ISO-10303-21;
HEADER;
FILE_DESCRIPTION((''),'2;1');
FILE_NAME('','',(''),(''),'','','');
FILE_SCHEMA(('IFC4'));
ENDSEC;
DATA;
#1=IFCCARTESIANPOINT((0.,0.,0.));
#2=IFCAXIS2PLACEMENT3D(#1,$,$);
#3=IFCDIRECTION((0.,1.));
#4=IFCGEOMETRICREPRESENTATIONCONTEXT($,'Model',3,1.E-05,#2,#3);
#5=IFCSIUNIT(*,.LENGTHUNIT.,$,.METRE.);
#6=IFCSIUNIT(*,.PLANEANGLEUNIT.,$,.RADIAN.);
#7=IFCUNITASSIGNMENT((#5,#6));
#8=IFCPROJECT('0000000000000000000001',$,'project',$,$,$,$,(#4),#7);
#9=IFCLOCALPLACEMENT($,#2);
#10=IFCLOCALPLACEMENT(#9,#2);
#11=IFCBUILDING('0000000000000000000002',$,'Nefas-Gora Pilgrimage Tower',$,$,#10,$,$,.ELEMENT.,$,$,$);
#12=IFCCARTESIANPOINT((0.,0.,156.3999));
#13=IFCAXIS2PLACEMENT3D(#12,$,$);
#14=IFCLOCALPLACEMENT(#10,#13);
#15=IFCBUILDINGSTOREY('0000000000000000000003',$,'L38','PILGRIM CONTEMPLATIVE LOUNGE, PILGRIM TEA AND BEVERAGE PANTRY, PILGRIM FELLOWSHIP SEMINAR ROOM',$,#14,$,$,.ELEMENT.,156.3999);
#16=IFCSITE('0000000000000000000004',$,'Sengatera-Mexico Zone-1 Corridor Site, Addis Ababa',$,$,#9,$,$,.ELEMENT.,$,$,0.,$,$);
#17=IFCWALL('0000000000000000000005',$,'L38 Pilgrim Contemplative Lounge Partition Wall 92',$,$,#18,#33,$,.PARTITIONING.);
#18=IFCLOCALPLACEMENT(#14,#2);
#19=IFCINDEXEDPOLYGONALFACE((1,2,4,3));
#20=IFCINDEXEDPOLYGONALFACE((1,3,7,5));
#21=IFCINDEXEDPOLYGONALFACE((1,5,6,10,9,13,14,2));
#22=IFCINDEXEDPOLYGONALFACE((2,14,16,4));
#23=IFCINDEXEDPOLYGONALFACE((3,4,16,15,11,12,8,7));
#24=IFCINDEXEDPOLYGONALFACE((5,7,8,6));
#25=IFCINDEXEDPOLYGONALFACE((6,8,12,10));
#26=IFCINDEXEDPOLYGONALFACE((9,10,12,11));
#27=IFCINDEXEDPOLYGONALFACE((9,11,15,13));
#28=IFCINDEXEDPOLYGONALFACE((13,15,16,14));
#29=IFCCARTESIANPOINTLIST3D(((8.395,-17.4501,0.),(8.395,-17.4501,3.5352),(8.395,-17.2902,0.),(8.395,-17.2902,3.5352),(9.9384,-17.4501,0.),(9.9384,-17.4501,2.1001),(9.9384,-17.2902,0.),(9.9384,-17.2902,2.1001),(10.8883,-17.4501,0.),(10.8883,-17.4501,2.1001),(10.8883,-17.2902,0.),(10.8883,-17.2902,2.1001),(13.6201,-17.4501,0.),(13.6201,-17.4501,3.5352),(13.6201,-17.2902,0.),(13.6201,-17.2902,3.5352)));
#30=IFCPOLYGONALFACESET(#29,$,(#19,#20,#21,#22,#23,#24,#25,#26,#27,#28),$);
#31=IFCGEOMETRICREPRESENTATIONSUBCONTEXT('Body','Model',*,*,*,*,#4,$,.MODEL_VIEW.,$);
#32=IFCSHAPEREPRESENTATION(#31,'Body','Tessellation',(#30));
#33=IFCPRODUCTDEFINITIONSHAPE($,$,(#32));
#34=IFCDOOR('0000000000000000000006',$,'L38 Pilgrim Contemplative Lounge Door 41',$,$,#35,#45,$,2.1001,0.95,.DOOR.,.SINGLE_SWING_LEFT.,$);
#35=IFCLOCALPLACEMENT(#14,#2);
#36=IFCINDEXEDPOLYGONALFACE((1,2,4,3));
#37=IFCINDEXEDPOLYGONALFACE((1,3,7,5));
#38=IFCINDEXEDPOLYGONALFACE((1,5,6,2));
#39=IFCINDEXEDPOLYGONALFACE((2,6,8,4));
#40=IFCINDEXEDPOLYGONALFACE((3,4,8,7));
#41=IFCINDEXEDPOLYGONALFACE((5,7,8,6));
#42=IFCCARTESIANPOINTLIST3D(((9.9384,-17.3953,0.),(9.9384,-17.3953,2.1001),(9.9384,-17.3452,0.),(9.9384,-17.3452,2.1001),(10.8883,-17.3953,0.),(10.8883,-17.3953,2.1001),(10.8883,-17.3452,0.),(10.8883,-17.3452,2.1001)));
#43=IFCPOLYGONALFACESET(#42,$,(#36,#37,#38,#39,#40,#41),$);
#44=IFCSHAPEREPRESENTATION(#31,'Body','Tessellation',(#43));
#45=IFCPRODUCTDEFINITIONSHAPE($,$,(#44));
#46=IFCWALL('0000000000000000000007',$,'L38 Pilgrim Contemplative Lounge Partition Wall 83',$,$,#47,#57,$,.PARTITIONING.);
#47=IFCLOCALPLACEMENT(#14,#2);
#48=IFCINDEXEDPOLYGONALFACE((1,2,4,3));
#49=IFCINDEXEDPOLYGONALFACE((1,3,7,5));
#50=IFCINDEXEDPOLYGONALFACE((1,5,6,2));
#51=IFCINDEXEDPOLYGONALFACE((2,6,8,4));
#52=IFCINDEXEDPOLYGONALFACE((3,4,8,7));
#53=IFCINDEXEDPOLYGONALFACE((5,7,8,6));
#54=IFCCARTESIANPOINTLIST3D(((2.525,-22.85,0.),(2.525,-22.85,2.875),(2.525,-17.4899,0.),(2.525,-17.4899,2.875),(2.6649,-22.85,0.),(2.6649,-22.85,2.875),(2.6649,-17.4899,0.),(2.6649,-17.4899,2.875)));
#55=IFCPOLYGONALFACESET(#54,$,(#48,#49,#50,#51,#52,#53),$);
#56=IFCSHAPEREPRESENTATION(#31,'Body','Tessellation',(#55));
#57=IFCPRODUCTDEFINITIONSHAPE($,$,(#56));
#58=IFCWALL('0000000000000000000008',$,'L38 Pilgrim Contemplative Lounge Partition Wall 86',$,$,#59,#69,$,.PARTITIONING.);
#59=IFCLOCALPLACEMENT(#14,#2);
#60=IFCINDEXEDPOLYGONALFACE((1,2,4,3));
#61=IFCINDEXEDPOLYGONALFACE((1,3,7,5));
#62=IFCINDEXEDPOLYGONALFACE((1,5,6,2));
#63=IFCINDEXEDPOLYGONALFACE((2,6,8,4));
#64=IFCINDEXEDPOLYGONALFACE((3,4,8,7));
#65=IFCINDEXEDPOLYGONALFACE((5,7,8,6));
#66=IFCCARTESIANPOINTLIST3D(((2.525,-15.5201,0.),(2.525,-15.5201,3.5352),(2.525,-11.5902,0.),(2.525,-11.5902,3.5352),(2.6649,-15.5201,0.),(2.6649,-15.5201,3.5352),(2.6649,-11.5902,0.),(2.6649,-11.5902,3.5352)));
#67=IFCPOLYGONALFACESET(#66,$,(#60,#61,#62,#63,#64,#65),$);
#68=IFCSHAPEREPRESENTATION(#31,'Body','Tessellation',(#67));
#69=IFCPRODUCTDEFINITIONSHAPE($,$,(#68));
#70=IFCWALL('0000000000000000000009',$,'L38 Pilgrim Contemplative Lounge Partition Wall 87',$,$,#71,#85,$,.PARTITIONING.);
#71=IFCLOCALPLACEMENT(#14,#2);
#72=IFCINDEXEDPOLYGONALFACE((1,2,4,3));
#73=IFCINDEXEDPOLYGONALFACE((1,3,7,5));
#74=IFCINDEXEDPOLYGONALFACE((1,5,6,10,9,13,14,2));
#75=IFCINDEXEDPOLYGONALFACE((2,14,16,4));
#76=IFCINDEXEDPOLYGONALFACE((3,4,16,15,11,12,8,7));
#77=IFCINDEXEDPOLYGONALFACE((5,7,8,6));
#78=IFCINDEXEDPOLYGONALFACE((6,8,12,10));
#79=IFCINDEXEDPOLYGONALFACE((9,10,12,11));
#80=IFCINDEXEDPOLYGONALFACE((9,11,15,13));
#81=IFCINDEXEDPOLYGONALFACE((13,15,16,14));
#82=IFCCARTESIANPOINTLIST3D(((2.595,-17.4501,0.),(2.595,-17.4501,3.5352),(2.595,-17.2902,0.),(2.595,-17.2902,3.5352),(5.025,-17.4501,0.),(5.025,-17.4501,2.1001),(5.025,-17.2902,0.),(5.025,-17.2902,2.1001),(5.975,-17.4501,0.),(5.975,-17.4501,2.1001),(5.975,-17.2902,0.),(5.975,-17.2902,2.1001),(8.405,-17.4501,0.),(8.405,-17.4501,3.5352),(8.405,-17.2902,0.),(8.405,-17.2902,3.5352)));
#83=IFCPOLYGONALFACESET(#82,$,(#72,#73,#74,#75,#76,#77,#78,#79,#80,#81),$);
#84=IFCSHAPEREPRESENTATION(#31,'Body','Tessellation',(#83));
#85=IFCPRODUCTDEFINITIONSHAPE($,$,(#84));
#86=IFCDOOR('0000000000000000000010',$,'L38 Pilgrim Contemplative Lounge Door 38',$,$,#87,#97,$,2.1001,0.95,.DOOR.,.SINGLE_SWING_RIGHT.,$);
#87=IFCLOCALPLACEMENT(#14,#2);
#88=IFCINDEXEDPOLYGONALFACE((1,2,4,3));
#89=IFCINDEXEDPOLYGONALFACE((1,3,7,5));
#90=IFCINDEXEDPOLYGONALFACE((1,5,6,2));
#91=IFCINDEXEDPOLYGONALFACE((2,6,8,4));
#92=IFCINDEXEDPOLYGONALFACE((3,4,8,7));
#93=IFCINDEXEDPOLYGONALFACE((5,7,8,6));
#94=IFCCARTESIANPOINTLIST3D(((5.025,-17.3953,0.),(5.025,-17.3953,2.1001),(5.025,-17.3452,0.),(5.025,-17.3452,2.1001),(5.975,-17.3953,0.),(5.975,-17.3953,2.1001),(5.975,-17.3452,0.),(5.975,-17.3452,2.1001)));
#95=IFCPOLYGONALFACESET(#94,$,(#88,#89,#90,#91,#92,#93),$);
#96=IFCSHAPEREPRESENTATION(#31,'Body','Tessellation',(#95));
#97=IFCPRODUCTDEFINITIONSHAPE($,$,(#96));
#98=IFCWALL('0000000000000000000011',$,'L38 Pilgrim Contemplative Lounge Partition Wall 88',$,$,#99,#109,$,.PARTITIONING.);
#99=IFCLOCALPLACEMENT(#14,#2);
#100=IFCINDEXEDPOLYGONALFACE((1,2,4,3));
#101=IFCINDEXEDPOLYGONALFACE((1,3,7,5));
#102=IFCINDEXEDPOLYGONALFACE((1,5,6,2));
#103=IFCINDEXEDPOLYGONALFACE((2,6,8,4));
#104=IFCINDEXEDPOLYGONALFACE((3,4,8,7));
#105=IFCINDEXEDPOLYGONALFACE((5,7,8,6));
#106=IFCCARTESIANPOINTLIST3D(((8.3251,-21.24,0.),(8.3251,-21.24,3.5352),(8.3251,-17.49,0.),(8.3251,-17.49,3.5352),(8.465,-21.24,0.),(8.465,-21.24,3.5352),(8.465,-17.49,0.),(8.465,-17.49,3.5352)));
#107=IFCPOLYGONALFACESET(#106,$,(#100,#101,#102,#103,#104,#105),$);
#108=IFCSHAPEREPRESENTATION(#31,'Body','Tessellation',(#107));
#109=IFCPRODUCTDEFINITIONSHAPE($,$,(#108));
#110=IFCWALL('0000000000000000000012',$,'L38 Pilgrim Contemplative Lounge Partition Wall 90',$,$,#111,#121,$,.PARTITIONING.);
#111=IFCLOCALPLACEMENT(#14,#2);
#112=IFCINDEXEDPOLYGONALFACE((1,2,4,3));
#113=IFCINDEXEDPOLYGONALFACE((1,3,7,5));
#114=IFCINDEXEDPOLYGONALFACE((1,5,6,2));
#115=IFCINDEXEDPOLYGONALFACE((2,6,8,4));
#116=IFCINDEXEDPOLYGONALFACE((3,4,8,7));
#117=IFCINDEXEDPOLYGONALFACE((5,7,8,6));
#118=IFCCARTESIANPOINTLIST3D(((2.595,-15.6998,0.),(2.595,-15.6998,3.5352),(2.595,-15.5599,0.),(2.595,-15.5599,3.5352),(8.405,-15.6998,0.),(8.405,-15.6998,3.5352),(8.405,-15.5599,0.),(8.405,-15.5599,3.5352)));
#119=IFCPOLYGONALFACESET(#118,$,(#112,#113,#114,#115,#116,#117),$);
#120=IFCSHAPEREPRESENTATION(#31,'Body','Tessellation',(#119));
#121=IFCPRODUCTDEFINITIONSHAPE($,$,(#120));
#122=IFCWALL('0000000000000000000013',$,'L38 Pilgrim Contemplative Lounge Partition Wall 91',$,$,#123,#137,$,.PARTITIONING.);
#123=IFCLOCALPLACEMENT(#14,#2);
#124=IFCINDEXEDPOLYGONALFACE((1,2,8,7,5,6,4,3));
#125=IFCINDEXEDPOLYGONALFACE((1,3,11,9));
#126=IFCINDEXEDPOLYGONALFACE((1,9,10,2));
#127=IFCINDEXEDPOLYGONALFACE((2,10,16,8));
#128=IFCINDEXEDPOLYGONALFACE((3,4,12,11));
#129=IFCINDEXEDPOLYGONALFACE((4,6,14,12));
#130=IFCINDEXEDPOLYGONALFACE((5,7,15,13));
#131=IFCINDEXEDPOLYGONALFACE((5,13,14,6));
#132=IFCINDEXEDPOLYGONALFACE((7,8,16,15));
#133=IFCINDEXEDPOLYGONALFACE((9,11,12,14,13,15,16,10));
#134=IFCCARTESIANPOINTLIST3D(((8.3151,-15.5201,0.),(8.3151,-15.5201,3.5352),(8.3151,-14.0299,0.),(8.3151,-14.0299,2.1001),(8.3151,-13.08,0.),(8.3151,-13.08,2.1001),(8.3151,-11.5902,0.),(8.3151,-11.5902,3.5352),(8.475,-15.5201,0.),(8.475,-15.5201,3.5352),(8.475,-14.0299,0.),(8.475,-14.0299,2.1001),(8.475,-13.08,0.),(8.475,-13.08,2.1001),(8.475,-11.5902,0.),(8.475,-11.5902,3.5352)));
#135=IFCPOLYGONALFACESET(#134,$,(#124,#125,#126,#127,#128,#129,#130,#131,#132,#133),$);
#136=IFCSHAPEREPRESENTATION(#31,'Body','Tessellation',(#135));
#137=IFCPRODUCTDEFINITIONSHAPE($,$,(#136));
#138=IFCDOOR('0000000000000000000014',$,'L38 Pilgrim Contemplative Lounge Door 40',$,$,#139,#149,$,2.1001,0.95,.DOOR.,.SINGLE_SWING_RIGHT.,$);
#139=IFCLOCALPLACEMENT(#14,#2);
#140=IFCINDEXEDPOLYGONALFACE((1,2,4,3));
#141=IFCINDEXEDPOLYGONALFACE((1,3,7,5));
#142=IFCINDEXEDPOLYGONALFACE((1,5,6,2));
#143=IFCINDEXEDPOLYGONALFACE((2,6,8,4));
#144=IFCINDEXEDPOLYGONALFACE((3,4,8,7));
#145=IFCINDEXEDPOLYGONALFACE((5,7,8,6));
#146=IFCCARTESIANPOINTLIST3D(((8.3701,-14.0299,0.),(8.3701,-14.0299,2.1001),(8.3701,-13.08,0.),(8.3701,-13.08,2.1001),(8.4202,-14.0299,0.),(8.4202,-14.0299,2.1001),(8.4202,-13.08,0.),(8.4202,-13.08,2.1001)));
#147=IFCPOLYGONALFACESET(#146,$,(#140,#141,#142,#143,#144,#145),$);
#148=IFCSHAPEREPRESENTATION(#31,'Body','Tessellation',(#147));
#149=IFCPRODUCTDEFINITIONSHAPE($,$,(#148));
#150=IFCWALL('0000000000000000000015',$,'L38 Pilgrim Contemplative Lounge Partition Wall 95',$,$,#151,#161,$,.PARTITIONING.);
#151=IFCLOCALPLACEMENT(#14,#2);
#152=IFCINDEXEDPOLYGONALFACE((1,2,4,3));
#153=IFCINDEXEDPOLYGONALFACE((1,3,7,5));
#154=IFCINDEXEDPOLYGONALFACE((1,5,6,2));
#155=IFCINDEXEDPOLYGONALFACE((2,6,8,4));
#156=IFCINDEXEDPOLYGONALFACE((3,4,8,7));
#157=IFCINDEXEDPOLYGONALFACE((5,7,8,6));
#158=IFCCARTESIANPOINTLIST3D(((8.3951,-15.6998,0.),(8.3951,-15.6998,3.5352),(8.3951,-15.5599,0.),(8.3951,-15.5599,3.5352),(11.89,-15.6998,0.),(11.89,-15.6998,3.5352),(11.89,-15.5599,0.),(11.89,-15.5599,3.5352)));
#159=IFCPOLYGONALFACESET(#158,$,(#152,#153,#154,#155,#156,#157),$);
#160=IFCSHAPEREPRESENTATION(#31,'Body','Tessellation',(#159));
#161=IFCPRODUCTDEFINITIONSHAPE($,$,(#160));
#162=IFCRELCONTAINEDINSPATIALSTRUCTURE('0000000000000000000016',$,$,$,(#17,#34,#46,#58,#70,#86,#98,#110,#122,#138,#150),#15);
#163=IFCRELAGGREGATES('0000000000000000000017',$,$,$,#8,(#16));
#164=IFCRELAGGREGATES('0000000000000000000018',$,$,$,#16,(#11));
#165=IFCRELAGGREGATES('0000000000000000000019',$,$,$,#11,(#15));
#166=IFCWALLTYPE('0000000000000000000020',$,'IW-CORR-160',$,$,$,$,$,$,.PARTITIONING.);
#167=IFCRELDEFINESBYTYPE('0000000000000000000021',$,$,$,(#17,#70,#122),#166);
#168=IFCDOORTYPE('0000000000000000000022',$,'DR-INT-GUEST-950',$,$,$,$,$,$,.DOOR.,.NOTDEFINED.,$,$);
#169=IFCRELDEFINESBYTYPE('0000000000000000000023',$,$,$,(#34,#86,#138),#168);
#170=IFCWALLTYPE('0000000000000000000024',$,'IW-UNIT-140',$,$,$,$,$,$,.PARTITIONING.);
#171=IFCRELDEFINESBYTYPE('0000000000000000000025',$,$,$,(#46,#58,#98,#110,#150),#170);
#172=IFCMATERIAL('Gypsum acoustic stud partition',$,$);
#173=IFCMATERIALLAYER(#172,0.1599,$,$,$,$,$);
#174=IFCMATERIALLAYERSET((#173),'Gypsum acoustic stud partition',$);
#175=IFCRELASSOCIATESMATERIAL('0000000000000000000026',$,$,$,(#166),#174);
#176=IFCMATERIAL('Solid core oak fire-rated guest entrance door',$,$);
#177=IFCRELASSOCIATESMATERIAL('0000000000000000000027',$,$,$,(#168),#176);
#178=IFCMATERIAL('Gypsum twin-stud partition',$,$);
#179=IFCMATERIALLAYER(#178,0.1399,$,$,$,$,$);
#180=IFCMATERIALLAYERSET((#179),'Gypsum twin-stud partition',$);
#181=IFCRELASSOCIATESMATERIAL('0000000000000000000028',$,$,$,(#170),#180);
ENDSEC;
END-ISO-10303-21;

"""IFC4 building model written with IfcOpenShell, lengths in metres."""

from ifc_helpers import new_model, si_unit, direction, frame, frame_2d, origin, place, context, subcontext, project, spatial, rectangle, extrude, source, transform, mapped, material, layer, layer_set, type_object, element, fill, save


model = new_model("IFC4")

# Units and contexts
model_context = context("Model", 3, precision=1e-05, world=origin(), true_north=direction((0.0, 1.0)))
body_context = subcontext(model_context, "Body", "Model", "MODEL_VIEW")
ifc_project = project(units=[si_unit("LENGTHUNIT", "METRE"), si_unit("PLANEANGLEUNIT", "RADIAN")], contexts=[model_context])

# Site, building, storey
site_placement = place(None, origin())
site = spatial("IfcSite", under=ifc_project, at=site_placement, Name="Sengatera-Mexico Zone-1 Corridor Site, Addis Ababa", CompositionType="ELEMENT", RefElevation=0.0)
building_placement = place(site_placement, origin())
building = spatial("IfcBuilding", under=site, at=building_placement, Name="Nefas-Gora Pilgrimage Tower", CompositionType="ELEMENT")
storey_placement = place(building_placement, frame((0.0, 0.0, 156.3999)))
storey = spatial("IfcBuildingStorey", under=building, at=storey_placement, Name="L38", Description="PILGRIM CONTEMPLATIVE LOUNGE, PILGRIM TEA AND BEVERAGE PANTRY, PILGRIM FELLOWSHIP SEMINAR ROOM", CompositionType="ELEMENT", Elevation=156.3999)

# Wall, opening, door
ifc_material_1 = material(Name="Gypsum acoustic stud partition")
ifc_layer_1 = layer(ifc_material_1, 0.1599)
ifc_layer_set_1 = layer_set([ifc_layer_1], Name="Gypsum acoustic stud partition")
wall_type_1 = type_object("IfcWallType", Name="IW-CORR-160", PredefinedType="PARTITIONING", material=ifc_layer_set_1)
shared_shape_1 = source(origin(), body_context, "Body", "SweptSolid", [
    extrude(rectangle(XDim=5.2251, YDim=0.1599, at=frame_2d((2.6125, 0.0))), origin(), (0.0, 0.0, 1.0), 3.5352),
])
wall_1_placement = place(storey_placement, frame((8.395, -17.3701, 0.0), z_axis=(0.0, 0.0, 1.0), x_axis=(1.0, 0.0, 0.0)))
wall_1 = element("IfcWall", 1, at=wall_1_placement, inside=storey, type_object=wall_type_1, Name="L38 Pilgrim Contemplative Lounge Partition Wall 92", PredefinedType="PARTITIONING", context=body_context, shape_type="MappedRepresentation", body=[
    mapped(shared_shape_1, transform((0.0, 0.0, 0.0), x_axis=(1.0, 0.0, 0.0), y_axis=(0.0, 1.0, 0.0), z_axis=(0.0, 0.0, 1.0), scale=1.0)),
])
opening_1_placement = place(wall_1_placement, frame((1.5432, 0.0, 0.0)))
opening_1 = element("IfcOpeningElement", 2, at=opening_1_placement, cuts=wall_1, PredefinedType="OPENING", context=body_context, shape_type="SweptSolid", body=[
    extrude(rectangle(XDim=0.95, YDim=2.1001, at=frame_2d((0.4751, 1.05))), frame((0.0, 0.0898, 0.0), z_axis=(0.0, -1.0, 0.0), x_axis=(1.0, 0.0, 0.0)), (0.0, 0.0, 1.0), 0.1799),
])
ifc_material_2 = material(Name="Solid core oak fire-rated guest entrance door")
door_type = type_object("IfcDoorType", Name="DR-INT-GUEST-950", OperationType="NOTDEFINED", PredefinedType="DOOR", material=ifc_material_2)
shared_shape_2 = source(origin(), body_context, "Body", "SweptSolid", [
    extrude(rectangle(XDim=0.95, YDim=2.1001, at=frame_2d((0.4751, 1.05))), frame((0.0, 0.0249, 0.0), z_axis=(0.0, -1.0, 0.0), x_axis=(1.0, 0.0, 0.0)), (0.0, 0.0, 1.0), 0.05),
])
door_1_placement = place(opening_1_placement, origin())
door_1 = element("IfcDoor", 3, at=door_1_placement, inside=storey, type_object=door_type, Name="L38 Pilgrim Contemplative Lounge Door 41", OperationType="SINGLE_SWING_LEFT", OverallHeight=2.1001, OverallWidth=0.95, PredefinedType="DOOR", context=body_context, shape_type="MappedRepresentation", body=[
    mapped(shared_shape_2, transform((0.0, 0.0, 0.0), x_axis=(1.0, 0.0, 0.0), y_axis=(0.0, 1.0, 0.0), z_axis=(0.0, 0.0, 1.0), scale=1.0)),
])
fill(opening_1, door_1)

# Walls
ifc_material_3 = material(Name="Gypsum twin-stud partition")
ifc_layer_2 = layer(ifc_material_3, 0.1399)
ifc_layer_set_2 = layer_set([ifc_layer_2], Name="Gypsum twin-stud partition")
wall_type_2 = type_object("IfcWallType", Name="IW-UNIT-140", PredefinedType="PARTITIONING", material=ifc_layer_set_2)
shared_shape_3 = source(origin(), body_context, "Body", "SweptSolid", [
    extrude(rectangle(XDim=5.3601, YDim=0.1399, at=frame_2d((2.6802, 0.0))), origin(), (0.0, 0.0, 1.0), 2.875),
])
wall_2_placement = place(storey_placement, frame((2.595, -22.8501, 0.0), z_axis=(0.0, 0.0, 1.0), x_axis=(0.0, 1.0, 0.0)))
element("IfcWall", 4, at=wall_2_placement, inside=storey, type_object=wall_type_2, Name="L38 Pilgrim Contemplative Lounge Partition Wall 83", PredefinedType="PARTITIONING", context=body_context, shape_type="MappedRepresentation", body=[
    mapped(shared_shape_3, transform((0.0, 0.0, 0.0), x_axis=(1.0, 0.0, 0.0), y_axis=(0.0, 1.0, 0.0), z_axis=(0.0, 0.0, 1.0), scale=1.0)),
])
shared_shape_4 = source(origin(), body_context, "Body", "SweptSolid", [
    extrude(rectangle(XDim=3.9299, YDim=0.1399, at=frame_2d((1.9648, 0.0))), origin(), (0.0, 0.0, 1.0), 3.5352),
])
wall_3_placement = place(storey_placement, frame((2.595, -15.52, 0.0), z_axis=(0.0, 0.0, 1.0), x_axis=(0.0, 1.0, 0.0)))
element("IfcWall", 5, at=wall_3_placement, inside=storey, type_object=wall_type_2, Name="L38 Pilgrim Contemplative Lounge Partition Wall 86", PredefinedType="PARTITIONING", context=body_context, shape_type="MappedRepresentation", body=[
    mapped(shared_shape_4, transform((0.0, 0.0, 0.0), x_axis=(1.0, 0.0, 0.0), y_axis=(0.0, 1.0, 0.0), z_axis=(0.0, 0.0, 1.0), scale=1.0)),
])

# Wall, opening, door
shared_shape_5 = source(origin(), body_context, "Body", "SweptSolid", [
    extrude(rectangle(XDim=5.8101, YDim=0.1599, at=frame_2d((2.905, 0.0))), origin(), (0.0, 0.0, 1.0), 3.5352),
])
wall_4_placement = place(storey_placement, frame((2.595, -17.3701, 0.0), z_axis=(0.0, 0.0, 1.0), x_axis=(1.0, 0.0, 0.0)))
wall_4 = element("IfcWall", 6, at=wall_4_placement, inside=storey, type_object=wall_type_1, Name="L38 Pilgrim Contemplative Lounge Partition Wall 87", PredefinedType="PARTITIONING", context=body_context, shape_type="MappedRepresentation", body=[
    mapped(shared_shape_5, transform((0.0, 0.0, 0.0), x_axis=(1.0, 0.0, 0.0), y_axis=(0.0, 1.0, 0.0), z_axis=(0.0, 0.0, 1.0), scale=1.0)),
])
opening_2_placement = place(wall_4_placement, frame((2.4299, 0.0, 0.0)))
opening_2 = element("IfcOpeningElement", 7, at=opening_2_placement, cuts=wall_4, PredefinedType="OPENING", context=body_context, shape_type="SweptSolid", body=[
    extrude(rectangle(XDim=0.95, YDim=2.1001, at=frame_2d((0.4751, 1.05))), frame((0.0, 0.0898, 0.0), z_axis=(0.0, -1.0, 0.0), x_axis=(1.0, 0.0, 0.0)), (0.0, 0.0, 1.0), 0.1799),
])
door_2_placement = place(opening_2_placement, origin())
door_2 = element("IfcDoor", 8, at=door_2_placement, inside=storey, type_object=door_type, Name="L38 Pilgrim Contemplative Lounge Door 38", OperationType="SINGLE_SWING_RIGHT", OverallHeight=2.1001, OverallWidth=0.95, PredefinedType="DOOR", context=body_context, shape_type="MappedRepresentation", body=[
    mapped(shared_shape_2, transform((0.0, 0.0, 0.0), x_axis=(1.0, 0.0, 0.0), y_axis=(0.0, 1.0, 0.0), z_axis=(0.0, 0.0, 1.0), scale=1.0)),
])
fill(opening_2, door_2)

# Walls
shared_shape_6 = source(origin(), body_context, "Body", "SweptSolid", [
    extrude(rectangle(XDim=3.75, YDim=0.1399, at=frame_2d((1.875, 0.0))), origin(), (0.0, 0.0, 1.0), 3.5352),
])
wall_5_placement = place(storey_placement, frame((8.395, -21.24, 0.0), z_axis=(0.0, 0.0, 1.0), x_axis=(0.0, 1.0, 0.0)))
element("IfcWall", 9, at=wall_5_placement, inside=storey, type_object=wall_type_2, Name="L38 Pilgrim Contemplative Lounge Partition Wall 88", PredefinedType="PARTITIONING", context=body_context, shape_type="MappedRepresentation", body=[
    mapped(shared_shape_6, transform((0.0, 0.0, 0.0), x_axis=(1.0, 0.0, 0.0), y_axis=(0.0, 1.0, 0.0), z_axis=(0.0, 0.0, 1.0), scale=1.0)),
])
shared_shape_7 = source(origin(), body_context, "Body", "SweptSolid", [
    extrude(rectangle(XDim=5.8101, YDim=0.1399, at=frame_2d((2.905, 0.0))), origin(), (0.0, 0.0, 1.0), 3.5352),
])
wall_6_placement = place(storey_placement, frame((2.595, -15.6299, 0.0), z_axis=(0.0, 0.0, 1.0), x_axis=(1.0, 0.0, 0.0)))
element("IfcWall", 10, at=wall_6_placement, inside=storey, type_object=wall_type_2, Name="L38 Pilgrim Contemplative Lounge Partition Wall 90", PredefinedType="PARTITIONING", context=body_context, shape_type="MappedRepresentation", body=[
    mapped(shared_shape_7, transform((0.0, 0.0, 0.0), x_axis=(1.0, 0.0, 0.0), y_axis=(0.0, 1.0, 0.0), z_axis=(0.0, 0.0, 1.0), scale=1.0)),
])

# Wall, opening, door
shared_shape_8 = source(origin(), body_context, "Body", "SweptSolid", [
    extrude(rectangle(XDim=3.9299, YDim=0.1599, at=frame_2d((1.9648, 0.0))), origin(), (0.0, 0.0, 1.0), 3.5352),
])
wall_7_placement = place(storey_placement, frame((8.395, -15.52, 0.0), z_axis=(0.0, 0.0, 1.0), x_axis=(0.0, 1.0, 0.0)))
wall_7 = element("IfcWall", 11, at=wall_7_placement, inside=storey, type_object=wall_type_1, Name="L38 Pilgrim Contemplative Lounge Partition Wall 91", PredefinedType="PARTITIONING", context=body_context, shape_type="MappedRepresentation", body=[
    mapped(shared_shape_8, transform((0.0, 0.0, 0.0), x_axis=(1.0, 0.0, 0.0), y_axis=(0.0, 1.0, 0.0), z_axis=(0.0, 0.0, 1.0), scale=1.0)),
])
opening_3_placement = place(wall_7_placement, frame((1.49, 0.0, 0.0)))
opening_3 = element("IfcOpeningElement", 12, at=opening_3_placement, cuts=wall_7, PredefinedType="OPENING", context=body_context, shape_type="SweptSolid", body=[
    extrude(rectangle(XDim=0.95, YDim=2.1001, at=frame_2d((0.4751, 1.05))), frame((0.0, 0.0898, 0.0), z_axis=(0.0, -1.0, 0.0), x_axis=(1.0, 0.0, 0.0)), (0.0, 0.0, 1.0), 0.1799),
])
door_3_placement = place(opening_3_placement, origin())
door_3 = element("IfcDoor", 13, at=door_3_placement, inside=storey, type_object=door_type, Name="L38 Pilgrim Contemplative Lounge Door 40", OperationType="SINGLE_SWING_RIGHT", OverallHeight=2.1001, OverallWidth=0.95, PredefinedType="DOOR", context=body_context, shape_type="MappedRepresentation", body=[
    mapped(shared_shape_2, transform((0.0, 0.0, 0.0), x_axis=(1.0, 0.0, 0.0), y_axis=(0.0, 1.0, 0.0), z_axis=(0.0, 0.0, 1.0), scale=1.0)),
])
fill(opening_3, door_3)

# Wall
shared_shape_9 = source(origin(), body_context, "Body", "SweptSolid", [
    extrude(rectangle(XDim=3.4949, YDim=0.1399, at=frame_2d((1.7476, 0.0))), origin(), (0.0, 0.0, 1.0), 3.5352),
])
wall_8_placement = place(storey_placement, frame((8.395, -15.6299, 0.0), z_axis=(0.0, 0.0, 1.0), x_axis=(1.0, 0.0, 0.0)))
element("IfcWall", 14, at=wall_8_placement, inside=storey, type_object=wall_type_2, Name="L38 Pilgrim Contemplative Lounge Partition Wall 95", PredefinedType="PARTITIONING", context=body_context, shape_type="MappedRepresentation", body=[
    mapped(shared_shape_9, transform((0.0, 0.0, 0.0), x_axis=(1.0, 0.0, 0.0), y_axis=(0.0, 1.0, 0.0), z_axis=(0.0, 0.0, 1.0), scale=1.0)),
])

save(model, "model.ifc")
